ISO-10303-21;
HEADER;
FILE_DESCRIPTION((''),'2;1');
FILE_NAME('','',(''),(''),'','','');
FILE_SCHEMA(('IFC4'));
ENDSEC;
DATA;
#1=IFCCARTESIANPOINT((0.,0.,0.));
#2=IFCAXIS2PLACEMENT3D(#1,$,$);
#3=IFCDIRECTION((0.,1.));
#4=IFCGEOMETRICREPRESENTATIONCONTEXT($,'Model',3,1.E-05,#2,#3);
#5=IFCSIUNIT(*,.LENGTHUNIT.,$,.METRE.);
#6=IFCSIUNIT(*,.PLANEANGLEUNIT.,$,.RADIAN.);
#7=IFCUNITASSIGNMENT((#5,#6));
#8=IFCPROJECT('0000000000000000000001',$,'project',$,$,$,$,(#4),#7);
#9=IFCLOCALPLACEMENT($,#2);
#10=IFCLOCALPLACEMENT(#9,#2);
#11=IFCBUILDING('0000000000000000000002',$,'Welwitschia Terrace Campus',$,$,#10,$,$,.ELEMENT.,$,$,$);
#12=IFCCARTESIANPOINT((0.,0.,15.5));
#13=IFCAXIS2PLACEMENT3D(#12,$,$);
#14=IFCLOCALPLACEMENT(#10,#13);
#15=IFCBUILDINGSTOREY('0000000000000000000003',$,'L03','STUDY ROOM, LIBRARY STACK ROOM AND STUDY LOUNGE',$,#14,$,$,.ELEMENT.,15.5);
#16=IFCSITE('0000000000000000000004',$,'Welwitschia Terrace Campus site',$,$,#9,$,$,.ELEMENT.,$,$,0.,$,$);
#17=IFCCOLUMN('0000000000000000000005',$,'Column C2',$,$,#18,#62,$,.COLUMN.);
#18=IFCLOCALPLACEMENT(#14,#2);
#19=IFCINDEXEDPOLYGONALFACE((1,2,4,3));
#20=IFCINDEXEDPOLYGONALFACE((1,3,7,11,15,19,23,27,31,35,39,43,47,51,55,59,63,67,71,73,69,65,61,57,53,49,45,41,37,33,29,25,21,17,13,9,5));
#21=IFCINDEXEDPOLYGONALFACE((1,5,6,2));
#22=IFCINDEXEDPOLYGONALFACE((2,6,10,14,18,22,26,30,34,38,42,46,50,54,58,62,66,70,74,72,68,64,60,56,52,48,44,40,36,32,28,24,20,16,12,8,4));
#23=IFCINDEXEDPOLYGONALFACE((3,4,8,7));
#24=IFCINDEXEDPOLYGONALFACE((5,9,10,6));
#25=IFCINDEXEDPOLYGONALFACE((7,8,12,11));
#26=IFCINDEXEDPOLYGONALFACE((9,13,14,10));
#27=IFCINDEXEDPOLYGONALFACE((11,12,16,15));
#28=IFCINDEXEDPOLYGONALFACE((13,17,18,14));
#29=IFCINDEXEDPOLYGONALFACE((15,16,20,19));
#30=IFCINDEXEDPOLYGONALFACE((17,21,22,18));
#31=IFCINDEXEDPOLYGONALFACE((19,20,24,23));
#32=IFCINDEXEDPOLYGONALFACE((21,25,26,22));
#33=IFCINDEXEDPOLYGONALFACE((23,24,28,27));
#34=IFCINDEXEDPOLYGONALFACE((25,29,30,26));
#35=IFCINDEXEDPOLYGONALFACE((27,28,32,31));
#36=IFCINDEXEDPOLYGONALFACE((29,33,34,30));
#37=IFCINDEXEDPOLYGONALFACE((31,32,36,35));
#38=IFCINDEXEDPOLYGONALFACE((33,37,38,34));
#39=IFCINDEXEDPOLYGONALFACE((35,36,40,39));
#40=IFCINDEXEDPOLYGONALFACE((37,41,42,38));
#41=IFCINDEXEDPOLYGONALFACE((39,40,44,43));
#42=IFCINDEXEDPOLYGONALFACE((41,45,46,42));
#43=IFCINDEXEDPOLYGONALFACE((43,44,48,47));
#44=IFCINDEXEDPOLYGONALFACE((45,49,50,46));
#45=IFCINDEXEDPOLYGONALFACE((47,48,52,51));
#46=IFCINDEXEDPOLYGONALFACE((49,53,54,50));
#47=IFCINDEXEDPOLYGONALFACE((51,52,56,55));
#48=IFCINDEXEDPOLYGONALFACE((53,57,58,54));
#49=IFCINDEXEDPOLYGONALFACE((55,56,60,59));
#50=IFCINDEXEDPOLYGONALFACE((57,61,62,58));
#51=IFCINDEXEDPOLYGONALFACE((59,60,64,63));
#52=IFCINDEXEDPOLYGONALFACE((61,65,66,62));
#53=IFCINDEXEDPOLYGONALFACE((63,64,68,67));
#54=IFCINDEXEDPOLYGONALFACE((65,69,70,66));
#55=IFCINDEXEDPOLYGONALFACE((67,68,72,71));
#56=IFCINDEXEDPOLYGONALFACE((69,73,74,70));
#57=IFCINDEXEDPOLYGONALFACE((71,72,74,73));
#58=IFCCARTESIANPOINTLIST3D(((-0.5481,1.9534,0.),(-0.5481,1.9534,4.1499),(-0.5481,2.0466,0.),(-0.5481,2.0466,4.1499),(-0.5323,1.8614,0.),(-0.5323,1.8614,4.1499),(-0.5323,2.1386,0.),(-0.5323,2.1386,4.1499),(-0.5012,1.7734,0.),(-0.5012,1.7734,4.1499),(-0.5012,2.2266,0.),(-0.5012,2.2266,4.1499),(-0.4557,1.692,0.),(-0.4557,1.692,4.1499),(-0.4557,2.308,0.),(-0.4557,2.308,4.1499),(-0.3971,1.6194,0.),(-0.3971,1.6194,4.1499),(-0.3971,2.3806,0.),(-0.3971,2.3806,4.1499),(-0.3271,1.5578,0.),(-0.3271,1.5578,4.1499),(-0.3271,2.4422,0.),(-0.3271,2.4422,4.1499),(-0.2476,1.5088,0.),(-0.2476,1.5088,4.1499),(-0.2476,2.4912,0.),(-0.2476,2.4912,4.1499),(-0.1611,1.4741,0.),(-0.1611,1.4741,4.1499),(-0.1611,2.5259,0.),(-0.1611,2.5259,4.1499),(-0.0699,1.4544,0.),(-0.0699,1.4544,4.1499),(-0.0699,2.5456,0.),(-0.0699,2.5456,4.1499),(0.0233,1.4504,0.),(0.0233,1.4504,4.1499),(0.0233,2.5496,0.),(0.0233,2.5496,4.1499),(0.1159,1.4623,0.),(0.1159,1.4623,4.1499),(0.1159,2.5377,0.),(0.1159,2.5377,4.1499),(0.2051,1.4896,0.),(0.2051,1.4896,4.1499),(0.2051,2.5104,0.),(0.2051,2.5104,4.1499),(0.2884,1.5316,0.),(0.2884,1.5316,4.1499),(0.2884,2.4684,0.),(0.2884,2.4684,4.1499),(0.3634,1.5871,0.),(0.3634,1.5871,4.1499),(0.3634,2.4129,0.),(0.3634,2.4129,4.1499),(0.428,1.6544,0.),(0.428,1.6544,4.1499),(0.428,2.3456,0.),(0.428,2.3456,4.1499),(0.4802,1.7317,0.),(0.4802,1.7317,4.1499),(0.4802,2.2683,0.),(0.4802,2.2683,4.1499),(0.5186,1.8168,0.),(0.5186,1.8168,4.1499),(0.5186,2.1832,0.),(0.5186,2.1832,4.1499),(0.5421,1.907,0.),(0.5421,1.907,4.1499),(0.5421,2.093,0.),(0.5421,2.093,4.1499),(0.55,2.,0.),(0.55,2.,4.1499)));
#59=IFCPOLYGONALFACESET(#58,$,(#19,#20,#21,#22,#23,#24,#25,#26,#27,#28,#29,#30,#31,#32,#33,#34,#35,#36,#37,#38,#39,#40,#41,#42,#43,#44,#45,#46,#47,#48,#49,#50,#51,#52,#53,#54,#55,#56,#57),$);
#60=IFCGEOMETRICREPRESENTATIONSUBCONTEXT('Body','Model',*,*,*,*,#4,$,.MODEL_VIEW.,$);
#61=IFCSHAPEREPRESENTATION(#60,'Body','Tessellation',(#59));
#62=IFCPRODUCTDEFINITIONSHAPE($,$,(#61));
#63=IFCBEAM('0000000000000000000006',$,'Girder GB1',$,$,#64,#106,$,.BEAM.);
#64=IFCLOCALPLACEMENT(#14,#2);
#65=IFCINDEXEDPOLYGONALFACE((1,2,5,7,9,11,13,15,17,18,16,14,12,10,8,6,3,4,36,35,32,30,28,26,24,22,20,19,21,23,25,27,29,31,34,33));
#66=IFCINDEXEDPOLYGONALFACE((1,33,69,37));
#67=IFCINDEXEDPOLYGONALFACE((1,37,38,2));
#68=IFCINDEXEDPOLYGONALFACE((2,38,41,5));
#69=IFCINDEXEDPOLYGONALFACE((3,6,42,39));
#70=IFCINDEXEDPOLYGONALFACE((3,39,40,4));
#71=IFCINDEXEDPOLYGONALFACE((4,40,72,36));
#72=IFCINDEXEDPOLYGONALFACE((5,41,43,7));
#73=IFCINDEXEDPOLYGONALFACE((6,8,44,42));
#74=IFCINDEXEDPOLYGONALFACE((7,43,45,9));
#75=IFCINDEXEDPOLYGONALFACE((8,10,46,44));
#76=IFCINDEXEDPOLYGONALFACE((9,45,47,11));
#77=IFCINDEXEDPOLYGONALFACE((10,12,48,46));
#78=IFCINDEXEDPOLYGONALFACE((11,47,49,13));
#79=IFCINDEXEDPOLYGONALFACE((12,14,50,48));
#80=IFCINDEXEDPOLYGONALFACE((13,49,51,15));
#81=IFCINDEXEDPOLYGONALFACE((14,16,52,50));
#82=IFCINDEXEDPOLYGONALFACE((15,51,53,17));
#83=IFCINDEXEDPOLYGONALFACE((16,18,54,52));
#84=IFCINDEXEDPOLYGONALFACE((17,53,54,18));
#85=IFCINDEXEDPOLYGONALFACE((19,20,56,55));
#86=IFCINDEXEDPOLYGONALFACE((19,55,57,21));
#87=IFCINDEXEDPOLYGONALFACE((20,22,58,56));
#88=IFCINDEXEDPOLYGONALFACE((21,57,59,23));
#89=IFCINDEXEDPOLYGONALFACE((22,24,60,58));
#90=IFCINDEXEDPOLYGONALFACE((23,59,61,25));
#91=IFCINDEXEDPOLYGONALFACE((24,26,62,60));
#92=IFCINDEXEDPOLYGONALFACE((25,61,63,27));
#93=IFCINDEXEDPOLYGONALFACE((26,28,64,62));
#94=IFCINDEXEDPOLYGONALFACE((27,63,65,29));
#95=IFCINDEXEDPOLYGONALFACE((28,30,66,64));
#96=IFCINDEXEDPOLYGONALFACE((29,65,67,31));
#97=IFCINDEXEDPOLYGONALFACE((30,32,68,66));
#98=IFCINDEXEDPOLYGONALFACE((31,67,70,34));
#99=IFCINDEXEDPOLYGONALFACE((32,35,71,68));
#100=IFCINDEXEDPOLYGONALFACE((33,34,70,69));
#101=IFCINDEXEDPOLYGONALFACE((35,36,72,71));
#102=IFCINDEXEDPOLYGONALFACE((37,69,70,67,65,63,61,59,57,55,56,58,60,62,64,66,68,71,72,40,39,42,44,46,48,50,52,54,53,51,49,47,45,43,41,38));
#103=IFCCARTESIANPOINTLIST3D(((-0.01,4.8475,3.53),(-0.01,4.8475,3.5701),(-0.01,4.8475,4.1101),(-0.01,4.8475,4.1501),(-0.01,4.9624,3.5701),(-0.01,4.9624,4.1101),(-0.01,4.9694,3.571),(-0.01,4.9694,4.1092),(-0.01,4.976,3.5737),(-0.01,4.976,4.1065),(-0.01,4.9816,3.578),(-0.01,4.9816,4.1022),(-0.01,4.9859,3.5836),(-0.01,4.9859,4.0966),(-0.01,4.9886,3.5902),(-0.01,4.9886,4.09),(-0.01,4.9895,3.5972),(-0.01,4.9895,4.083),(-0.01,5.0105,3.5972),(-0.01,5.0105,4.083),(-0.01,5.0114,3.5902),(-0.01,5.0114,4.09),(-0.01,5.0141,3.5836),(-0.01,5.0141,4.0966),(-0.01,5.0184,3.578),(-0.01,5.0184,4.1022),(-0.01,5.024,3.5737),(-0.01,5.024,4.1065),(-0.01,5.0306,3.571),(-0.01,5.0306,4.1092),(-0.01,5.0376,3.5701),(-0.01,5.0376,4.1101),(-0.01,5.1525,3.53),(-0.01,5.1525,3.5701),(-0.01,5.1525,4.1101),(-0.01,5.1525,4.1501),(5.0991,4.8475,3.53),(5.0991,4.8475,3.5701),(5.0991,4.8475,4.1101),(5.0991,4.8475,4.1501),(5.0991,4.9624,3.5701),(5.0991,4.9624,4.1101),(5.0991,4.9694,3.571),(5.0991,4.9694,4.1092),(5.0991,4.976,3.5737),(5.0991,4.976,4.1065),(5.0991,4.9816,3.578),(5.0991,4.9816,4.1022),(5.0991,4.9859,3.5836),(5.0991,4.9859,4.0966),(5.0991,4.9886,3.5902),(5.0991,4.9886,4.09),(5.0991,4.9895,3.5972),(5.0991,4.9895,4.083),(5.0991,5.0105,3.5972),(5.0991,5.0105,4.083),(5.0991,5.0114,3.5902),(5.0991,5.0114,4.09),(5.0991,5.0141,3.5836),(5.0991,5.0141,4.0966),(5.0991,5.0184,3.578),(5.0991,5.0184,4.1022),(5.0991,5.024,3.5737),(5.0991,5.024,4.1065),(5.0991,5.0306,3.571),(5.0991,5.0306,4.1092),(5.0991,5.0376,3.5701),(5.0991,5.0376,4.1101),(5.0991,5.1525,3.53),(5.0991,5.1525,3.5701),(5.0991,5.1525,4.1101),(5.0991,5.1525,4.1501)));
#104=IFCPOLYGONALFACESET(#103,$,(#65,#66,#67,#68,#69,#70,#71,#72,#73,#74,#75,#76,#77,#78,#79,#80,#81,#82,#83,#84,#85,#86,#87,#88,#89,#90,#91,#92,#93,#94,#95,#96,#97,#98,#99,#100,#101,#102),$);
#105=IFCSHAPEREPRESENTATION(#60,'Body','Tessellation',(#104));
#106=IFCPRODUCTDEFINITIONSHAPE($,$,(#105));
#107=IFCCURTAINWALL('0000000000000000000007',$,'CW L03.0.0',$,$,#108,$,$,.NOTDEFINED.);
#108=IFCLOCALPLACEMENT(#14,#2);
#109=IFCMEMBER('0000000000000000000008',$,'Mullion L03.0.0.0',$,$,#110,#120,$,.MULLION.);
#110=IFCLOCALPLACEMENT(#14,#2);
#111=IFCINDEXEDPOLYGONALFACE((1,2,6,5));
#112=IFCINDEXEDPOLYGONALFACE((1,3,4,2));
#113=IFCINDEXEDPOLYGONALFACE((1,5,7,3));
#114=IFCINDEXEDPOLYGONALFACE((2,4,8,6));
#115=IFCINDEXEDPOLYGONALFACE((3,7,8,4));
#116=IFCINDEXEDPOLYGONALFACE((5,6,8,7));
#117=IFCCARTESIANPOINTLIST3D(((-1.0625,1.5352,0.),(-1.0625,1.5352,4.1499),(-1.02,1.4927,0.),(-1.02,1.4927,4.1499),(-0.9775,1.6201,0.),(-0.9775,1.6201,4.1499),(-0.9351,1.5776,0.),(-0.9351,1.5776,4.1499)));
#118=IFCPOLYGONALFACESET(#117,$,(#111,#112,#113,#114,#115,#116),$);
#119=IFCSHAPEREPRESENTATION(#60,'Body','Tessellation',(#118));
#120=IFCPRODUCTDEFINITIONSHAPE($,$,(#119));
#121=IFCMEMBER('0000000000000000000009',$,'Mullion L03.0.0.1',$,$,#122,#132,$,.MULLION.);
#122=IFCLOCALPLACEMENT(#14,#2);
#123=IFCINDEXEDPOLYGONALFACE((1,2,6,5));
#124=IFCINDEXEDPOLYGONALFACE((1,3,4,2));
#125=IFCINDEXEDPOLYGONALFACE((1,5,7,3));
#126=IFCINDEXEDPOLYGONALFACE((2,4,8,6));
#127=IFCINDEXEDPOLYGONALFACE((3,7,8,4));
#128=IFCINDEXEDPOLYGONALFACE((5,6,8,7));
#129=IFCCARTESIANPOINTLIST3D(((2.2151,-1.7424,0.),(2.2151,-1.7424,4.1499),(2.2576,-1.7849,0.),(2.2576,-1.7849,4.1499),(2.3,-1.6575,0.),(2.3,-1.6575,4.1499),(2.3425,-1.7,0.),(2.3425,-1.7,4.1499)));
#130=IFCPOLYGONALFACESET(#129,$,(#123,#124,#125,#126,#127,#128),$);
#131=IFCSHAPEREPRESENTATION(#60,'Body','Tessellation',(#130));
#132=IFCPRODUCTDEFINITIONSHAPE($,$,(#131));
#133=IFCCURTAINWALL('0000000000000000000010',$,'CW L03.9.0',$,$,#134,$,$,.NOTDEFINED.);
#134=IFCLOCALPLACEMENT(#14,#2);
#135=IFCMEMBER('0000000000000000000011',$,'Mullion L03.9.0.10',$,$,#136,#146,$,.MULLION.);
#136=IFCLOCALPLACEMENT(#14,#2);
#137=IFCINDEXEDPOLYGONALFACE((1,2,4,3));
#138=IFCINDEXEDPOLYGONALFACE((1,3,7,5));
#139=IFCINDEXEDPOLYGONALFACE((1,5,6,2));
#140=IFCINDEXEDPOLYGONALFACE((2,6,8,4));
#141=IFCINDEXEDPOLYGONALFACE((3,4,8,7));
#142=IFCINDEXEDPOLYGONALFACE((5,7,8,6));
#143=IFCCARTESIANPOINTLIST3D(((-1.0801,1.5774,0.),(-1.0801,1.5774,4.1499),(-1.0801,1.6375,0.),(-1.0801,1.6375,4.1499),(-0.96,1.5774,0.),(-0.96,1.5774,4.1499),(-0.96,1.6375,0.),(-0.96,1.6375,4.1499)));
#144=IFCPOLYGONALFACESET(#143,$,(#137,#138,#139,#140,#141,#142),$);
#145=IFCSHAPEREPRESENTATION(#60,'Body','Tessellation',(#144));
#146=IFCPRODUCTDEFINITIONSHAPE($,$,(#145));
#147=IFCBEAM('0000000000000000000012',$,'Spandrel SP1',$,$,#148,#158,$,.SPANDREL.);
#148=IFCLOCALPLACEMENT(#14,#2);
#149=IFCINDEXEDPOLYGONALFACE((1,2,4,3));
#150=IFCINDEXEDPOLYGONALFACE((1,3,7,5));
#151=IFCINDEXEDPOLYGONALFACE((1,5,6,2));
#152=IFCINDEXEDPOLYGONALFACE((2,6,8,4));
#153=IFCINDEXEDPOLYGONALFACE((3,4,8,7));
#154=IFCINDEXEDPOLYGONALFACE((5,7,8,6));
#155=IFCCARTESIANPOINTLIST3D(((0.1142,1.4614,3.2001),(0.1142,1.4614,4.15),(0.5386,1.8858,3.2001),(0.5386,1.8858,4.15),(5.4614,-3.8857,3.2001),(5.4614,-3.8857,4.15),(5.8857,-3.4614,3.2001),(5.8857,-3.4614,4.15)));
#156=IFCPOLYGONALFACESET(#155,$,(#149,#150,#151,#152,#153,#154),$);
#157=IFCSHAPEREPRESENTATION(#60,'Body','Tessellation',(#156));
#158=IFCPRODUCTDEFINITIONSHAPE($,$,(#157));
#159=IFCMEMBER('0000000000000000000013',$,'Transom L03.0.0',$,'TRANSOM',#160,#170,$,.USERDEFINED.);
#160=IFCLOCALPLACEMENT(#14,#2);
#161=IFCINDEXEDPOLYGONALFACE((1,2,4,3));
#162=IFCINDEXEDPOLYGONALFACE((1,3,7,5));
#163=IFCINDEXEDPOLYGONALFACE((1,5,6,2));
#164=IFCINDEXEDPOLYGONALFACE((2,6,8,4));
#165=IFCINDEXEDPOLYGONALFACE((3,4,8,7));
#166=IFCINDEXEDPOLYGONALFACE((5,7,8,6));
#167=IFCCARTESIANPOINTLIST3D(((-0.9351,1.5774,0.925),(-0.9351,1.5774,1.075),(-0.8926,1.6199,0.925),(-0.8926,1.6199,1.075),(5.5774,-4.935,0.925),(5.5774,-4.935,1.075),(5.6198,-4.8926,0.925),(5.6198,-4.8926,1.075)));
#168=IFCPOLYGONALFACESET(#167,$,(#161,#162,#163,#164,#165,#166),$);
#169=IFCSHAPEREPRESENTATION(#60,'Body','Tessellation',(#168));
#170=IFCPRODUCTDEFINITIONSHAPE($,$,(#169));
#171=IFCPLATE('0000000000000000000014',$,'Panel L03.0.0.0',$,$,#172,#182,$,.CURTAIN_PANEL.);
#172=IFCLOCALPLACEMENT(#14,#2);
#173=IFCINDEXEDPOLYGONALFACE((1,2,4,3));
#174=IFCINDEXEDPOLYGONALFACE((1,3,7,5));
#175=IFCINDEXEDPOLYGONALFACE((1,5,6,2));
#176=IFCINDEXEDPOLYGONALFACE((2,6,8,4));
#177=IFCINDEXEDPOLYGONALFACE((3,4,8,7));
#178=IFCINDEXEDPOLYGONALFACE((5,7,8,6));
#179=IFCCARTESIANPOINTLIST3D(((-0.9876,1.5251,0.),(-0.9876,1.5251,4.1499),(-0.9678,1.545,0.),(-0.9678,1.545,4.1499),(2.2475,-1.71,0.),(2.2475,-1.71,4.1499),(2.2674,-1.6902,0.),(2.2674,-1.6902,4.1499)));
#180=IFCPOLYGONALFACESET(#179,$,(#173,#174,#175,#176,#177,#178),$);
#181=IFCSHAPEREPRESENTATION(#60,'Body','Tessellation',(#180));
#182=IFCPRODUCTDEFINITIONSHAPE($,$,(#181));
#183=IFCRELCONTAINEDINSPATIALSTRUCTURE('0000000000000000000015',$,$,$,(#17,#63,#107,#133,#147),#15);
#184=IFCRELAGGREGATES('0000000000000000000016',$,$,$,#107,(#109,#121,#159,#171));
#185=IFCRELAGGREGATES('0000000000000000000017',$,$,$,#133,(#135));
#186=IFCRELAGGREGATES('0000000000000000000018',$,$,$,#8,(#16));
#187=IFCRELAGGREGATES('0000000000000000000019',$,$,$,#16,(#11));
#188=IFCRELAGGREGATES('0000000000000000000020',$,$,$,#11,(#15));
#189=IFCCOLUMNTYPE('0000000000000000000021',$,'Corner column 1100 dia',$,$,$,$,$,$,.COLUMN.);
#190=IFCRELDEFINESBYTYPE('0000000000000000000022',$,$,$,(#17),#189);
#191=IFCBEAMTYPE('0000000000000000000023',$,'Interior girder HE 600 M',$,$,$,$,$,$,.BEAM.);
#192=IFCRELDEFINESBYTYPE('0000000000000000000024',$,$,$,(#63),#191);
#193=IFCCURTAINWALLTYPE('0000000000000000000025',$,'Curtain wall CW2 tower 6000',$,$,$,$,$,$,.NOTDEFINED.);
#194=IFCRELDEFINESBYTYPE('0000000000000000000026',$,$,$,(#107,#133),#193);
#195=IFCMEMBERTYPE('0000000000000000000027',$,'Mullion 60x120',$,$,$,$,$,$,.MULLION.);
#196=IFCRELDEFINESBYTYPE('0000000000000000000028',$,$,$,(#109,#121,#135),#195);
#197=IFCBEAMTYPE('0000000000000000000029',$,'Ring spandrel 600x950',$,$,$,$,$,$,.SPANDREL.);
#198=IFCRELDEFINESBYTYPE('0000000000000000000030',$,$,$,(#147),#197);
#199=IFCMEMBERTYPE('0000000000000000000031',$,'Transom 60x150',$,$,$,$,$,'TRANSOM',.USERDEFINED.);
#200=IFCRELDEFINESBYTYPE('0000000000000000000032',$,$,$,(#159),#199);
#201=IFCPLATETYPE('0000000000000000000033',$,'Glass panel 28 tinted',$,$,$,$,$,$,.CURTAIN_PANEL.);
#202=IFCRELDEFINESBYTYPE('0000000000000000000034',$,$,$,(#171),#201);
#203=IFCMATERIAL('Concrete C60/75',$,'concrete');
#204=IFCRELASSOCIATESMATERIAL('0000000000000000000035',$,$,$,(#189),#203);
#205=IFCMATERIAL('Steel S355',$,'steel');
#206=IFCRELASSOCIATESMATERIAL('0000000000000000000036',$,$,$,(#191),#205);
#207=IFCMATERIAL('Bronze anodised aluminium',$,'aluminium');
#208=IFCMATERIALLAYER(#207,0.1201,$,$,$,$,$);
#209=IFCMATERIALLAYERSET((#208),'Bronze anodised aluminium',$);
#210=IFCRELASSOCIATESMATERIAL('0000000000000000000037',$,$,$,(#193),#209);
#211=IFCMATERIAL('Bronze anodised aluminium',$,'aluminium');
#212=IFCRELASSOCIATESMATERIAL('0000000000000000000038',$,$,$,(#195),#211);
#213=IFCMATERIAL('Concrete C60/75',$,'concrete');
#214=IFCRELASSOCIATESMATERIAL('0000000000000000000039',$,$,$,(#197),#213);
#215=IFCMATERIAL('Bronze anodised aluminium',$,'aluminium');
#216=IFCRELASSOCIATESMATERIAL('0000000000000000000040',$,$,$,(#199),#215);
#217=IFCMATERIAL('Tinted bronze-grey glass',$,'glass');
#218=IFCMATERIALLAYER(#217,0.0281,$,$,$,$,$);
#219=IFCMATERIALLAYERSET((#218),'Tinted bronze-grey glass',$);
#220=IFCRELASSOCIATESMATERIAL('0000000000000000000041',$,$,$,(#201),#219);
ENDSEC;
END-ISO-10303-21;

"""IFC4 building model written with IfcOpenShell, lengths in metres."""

from ifc_helpers import new_model, si_unit, direction, frame, origin, origin_2d, place, context, subcontext, project, spatial, rectangle, circle, i_section, extrude, material, layer, layer_set, material_profile, profile_set, type_object, element, aggregate, save


model = new_model("IFC4")

# Units and contexts
model_context = context("Model", 3, precision=1e-05, world=origin(), true_north=direction((0.0, 1.0)))
body_context = subcontext(model_context, "Body", "Model", "MODEL_VIEW")
ifc_project = project(units=[si_unit("LENGTHUNIT", "METRE"), si_unit("PLANEANGLEUNIT", "RADIAN")], contexts=[model_context])

# Site, building, storey
site_placement = place(None, origin())
site = spatial("IfcSite", under=ifc_project, at=site_placement, Name="Welwitschia Terrace Campus site", CompositionType="ELEMENT", RefElevation=0.0)
building_placement = place(site_placement, origin())
building = spatial("IfcBuilding", under=site, at=building_placement, Name="Welwitschia Terrace Campus", CompositionType="ELEMENT")
storey_placement = place(building_placement, frame((0.0, 0.0, 15.5)))
storey = spatial("IfcBuildingStorey", under=building, at=storey_placement, Name="L03", Description="STUDY ROOM, LIBRARY STACK ROOM AND STUDY LOUNGE", CompositionType="ELEMENT", Elevation=15.5)

# Column
ifc_material_1 = material(Name="Concrete C60/75", Category="concrete")
ifc_material_profile_1 = material_profile(ifc_material_1, circle(Radius=0.55, at=origin_2d()))
ifc_profile_set_1 = profile_set([ifc_material_profile_1], Name="Concrete C60/75")
column_type = type_object("IfcColumnType", Name="Corner column 1100 dia", PredefinedType="COLUMN", material=ifc_profile_set_1)
column_placement = place(storey_placement, frame((0.0, 2.0, 0.0), z_axis=(0.0, 0.0, 1.0), x_axis=(1.0, 0.0, 0.0)))
element("IfcColumn", 1, at=column_placement, inside=storey, type_object=column_type, Name="Column C2", PredefinedType="COLUMN", context=body_context, shape_type="SweptSolid", body=[
    extrude(circle(Radius=0.55, at=origin_2d()), origin(), (0.0, 0.0, 1.0), 4.1499),
])

# Beam
ifc_material_2 = material(Name="Steel S355", Category="steel")
ifc_material_profile_2 = material_profile(ifc_material_2, i_section(OverallWidth=0.3049, OverallDepth=0.6201, WebThickness=0.021, FlangeThickness=0.04, FilletRadius=0.0271, at=origin_2d()))
ifc_profile_set_2 = profile_set([ifc_material_profile_2], Name="Steel S355")
beam_type_1 = type_object("IfcBeamType", Name="Interior girder HE 600 M", PredefinedType="BEAM", material=ifc_profile_set_2)
beam_1_placement = place(storey_placement, frame((-0.01, 5.0, 3.8401), z_axis=(1.0, 0.0, 0.0), x_axis=(0.0, 1.0, 0.0)))
element("IfcBeam", 2, at=beam_1_placement, inside=storey, type_object=beam_type_1, Name="Girder GB1", PredefinedType="BEAM", context=body_context, shape_type="SweptSolid", body=[
    extrude(i_section(OverallWidth=0.3049, OverallDepth=0.6201, WebThickness=0.021, FlangeThickness=0.04, FilletRadius=0.0271, at=origin_2d()), origin(), (0.0, 0.0, 1.0), 5.1091),
])

# Curtain wall, members
ifc_material_3 = material(Name="Bronze anodised aluminium", Category="aluminium")
ifc_layer_1 = layer(ifc_material_3, 0.1201)
ifc_layer_set_1 = layer_set([ifc_layer_1], Name="Bronze anodised aluminium")
curtain_wall_type = type_object("IfcCurtainWallType", Name="Curtain wall CW2 tower 6000", PredefinedType="NOTDEFINED", material=ifc_layer_set_1)
curtain_wall_1_placement = place(storey_placement, origin())
curtain_wall_1 = element("IfcCurtainWall", 3, at=curtain_wall_1_placement, inside=storey, type_object=curtain_wall_type, Name="CW L03.0.0", PredefinedType="NOTDEFINED")
ifc_material_4 = material(Name="Bronze anodised aluminium", Category="aluminium")
ifc_material_profile_3 = material_profile(ifc_material_4, rectangle(XDim=0.1201, YDim=0.0601, at=origin_2d()))
ifc_profile_set_3 = profile_set([ifc_material_profile_3], Name="Bronze anodised aluminium")
member_type_1 = type_object("IfcMemberType", Name="Mullion 60x120", PredefinedType="MULLION", material=ifc_profile_set_3)
member_1_placement = place(storey_placement, frame((-0.9988, 1.5564, 0.0), z_axis=(0.0, 0.0, 1.0), x_axis=(0.707107, 0.707107, 0.0)))
member_1 = element("IfcMember", 4, at=member_1_placement, type_object=member_type_1, Name="Mullion L03.0.0.0", PredefinedType="MULLION", context=body_context, shape_type="SweptSolid", body=[
    extrude(rectangle(XDim=0.1201, YDim=0.0601, at=origin_2d()), origin(), (0.0, 0.0, 1.0), 4.1499),
])
member_2_placement = place(storey_placement, frame((2.2788, -1.7212, 0.0), z_axis=(0.0, 0.0, 1.0), x_axis=(0.707107, 0.707107, 0.0)))
member_2 = element("IfcMember", 5, at=member_2_placement, type_object=member_type_1, Name="Mullion L03.0.0.1", PredefinedType="MULLION", context=body_context, shape_type="SweptSolid", body=[
    extrude(rectangle(XDim=0.1201, YDim=0.0601, at=origin_2d()), origin(), (0.0, 0.0, 1.0), 4.1499),
])

# Curtain wall, member
curtain_wall_2_placement = place(storey_placement, origin())
curtain_wall_2 = element("IfcCurtainWall", 6, at=curtain_wall_2_placement, inside=storey, type_object=curtain_wall_type, Name="CW L03.9.0", PredefinedType="NOTDEFINED")
member_3_placement = place(storey_placement, frame((-1.02, 1.6074, 0.0), z_axis=(0.0, 0.0, 1.0), x_axis=(1.0, 0.0, 0.0)))
member_3 = element("IfcMember", 7, at=member_3_placement, type_object=member_type_1, Name="Mullion L03.9.0.10", PredefinedType="MULLION", context=body_context, shape_type="SweptSolid", body=[
    extrude(rectangle(XDim=0.1201, YDim=0.0601, at=origin_2d()), origin(), (0.0, 0.0, 1.0), 4.1499),
])

# Beam
ifc_material_5 = material(Name="Concrete C60/75", Category="concrete")
ifc_material_profile_4 = material_profile(ifc_material_5, rectangle(XDim=0.6001, YDim=0.95, at=origin_2d()))
ifc_profile_set_4 = profile_set([ifc_material_profile_4], Name="Concrete C60/75")
beam_type_2 = type_object("IfcBeamType", Name="Ring spandrel 600x950", PredefinedType="SPANDREL", material=ifc_profile_set_4)
beam_2_placement = place(storey_placement, frame((0.3264, 1.6736, 3.675), z_axis=(0.707107, -0.707107, 0.0), x_axis=(0.707107, 0.707107, 0.0)))
element("IfcBeam", 8, at=beam_2_placement, inside=storey, type_object=beam_type_2, Name="Spandrel SP1", PredefinedType="SPANDREL", context=body_context, shape_type="SweptSolid", body=[
    extrude(rectangle(XDim=0.6001, YDim=0.95, at=origin_2d()), origin(), (0.0, 0.0, 1.0), 7.562),
])

# Member
ifc_material_6 = material(Name="Bronze anodised aluminium", Category="aluminium")
ifc_material_profile_5 = material_profile(ifc_material_6, rectangle(XDim=0.0601, YDim=0.1499, at=origin_2d()))
ifc_profile_set_5 = profile_set([ifc_material_profile_5], Name="Bronze anodised aluminium")
member_type_2 = type_object("IfcMemberType", Name="Transom 60x150", ElementType="TRANSOM", PredefinedType="USERDEFINED", material=ifc_profile_set_5)
member_4_placement = place(storey_placement, frame((-0.9138, 1.5986, 1.0), z_axis=(0.707107, -0.707107, 0.0), x_axis=(0.707107, 0.707107, 0.0)))
member_4 = element("IfcMember", 9, at=member_4_placement, type_object=member_type_2, Name="Transom L03.0.0", ObjectType="TRANSOM", PredefinedType="USERDEFINED", context=body_context, shape_type="SweptSolid", body=[
    extrude(rectangle(XDim=0.0601, YDim=0.1499, at=origin_2d()), origin(), (0.0, 0.0, 1.0), 9.21),
])

# Plate
ifc_material_7 = material(Name="Tinted bronze-grey glass", Category="glass")
ifc_layer_2 = layer(ifc_material_7, 0.0281)
ifc_layer_set_2 = layer_set([ifc_layer_2], Name="Tinted bronze-grey glass")
plate_type = type_object("IfcPlateType", Name="Glass panel 28 tinted", PredefinedType="CURTAIN_PANEL", material=ifc_layer_set_2)
plate_1_placement = place(storey_placement, frame((0.6399, -0.0825, 0.0), z_axis=(0.0, 0.0, 1.0), x_axis=(0.707107, -0.707107, 0.0)))
plate_1 = element("IfcPlate", 10, at=plate_1_placement, type_object=plate_type, Name="Panel L03.0.0.0", PredefinedType="CURTAIN_PANEL", context=body_context, shape_type="SweptSolid", body=[
    extrude(rectangle(XDim=4.5752, YDim=0.0281, at=origin_2d()), origin(), (0.0, 0.0, 1.0), 4.1499),
])
aggregate(curtain_wall_1, [member_1, member_2, member_4, plate_1])
aggregate(curtain_wall_2, [member_3])

save(model, "model.ifc")
